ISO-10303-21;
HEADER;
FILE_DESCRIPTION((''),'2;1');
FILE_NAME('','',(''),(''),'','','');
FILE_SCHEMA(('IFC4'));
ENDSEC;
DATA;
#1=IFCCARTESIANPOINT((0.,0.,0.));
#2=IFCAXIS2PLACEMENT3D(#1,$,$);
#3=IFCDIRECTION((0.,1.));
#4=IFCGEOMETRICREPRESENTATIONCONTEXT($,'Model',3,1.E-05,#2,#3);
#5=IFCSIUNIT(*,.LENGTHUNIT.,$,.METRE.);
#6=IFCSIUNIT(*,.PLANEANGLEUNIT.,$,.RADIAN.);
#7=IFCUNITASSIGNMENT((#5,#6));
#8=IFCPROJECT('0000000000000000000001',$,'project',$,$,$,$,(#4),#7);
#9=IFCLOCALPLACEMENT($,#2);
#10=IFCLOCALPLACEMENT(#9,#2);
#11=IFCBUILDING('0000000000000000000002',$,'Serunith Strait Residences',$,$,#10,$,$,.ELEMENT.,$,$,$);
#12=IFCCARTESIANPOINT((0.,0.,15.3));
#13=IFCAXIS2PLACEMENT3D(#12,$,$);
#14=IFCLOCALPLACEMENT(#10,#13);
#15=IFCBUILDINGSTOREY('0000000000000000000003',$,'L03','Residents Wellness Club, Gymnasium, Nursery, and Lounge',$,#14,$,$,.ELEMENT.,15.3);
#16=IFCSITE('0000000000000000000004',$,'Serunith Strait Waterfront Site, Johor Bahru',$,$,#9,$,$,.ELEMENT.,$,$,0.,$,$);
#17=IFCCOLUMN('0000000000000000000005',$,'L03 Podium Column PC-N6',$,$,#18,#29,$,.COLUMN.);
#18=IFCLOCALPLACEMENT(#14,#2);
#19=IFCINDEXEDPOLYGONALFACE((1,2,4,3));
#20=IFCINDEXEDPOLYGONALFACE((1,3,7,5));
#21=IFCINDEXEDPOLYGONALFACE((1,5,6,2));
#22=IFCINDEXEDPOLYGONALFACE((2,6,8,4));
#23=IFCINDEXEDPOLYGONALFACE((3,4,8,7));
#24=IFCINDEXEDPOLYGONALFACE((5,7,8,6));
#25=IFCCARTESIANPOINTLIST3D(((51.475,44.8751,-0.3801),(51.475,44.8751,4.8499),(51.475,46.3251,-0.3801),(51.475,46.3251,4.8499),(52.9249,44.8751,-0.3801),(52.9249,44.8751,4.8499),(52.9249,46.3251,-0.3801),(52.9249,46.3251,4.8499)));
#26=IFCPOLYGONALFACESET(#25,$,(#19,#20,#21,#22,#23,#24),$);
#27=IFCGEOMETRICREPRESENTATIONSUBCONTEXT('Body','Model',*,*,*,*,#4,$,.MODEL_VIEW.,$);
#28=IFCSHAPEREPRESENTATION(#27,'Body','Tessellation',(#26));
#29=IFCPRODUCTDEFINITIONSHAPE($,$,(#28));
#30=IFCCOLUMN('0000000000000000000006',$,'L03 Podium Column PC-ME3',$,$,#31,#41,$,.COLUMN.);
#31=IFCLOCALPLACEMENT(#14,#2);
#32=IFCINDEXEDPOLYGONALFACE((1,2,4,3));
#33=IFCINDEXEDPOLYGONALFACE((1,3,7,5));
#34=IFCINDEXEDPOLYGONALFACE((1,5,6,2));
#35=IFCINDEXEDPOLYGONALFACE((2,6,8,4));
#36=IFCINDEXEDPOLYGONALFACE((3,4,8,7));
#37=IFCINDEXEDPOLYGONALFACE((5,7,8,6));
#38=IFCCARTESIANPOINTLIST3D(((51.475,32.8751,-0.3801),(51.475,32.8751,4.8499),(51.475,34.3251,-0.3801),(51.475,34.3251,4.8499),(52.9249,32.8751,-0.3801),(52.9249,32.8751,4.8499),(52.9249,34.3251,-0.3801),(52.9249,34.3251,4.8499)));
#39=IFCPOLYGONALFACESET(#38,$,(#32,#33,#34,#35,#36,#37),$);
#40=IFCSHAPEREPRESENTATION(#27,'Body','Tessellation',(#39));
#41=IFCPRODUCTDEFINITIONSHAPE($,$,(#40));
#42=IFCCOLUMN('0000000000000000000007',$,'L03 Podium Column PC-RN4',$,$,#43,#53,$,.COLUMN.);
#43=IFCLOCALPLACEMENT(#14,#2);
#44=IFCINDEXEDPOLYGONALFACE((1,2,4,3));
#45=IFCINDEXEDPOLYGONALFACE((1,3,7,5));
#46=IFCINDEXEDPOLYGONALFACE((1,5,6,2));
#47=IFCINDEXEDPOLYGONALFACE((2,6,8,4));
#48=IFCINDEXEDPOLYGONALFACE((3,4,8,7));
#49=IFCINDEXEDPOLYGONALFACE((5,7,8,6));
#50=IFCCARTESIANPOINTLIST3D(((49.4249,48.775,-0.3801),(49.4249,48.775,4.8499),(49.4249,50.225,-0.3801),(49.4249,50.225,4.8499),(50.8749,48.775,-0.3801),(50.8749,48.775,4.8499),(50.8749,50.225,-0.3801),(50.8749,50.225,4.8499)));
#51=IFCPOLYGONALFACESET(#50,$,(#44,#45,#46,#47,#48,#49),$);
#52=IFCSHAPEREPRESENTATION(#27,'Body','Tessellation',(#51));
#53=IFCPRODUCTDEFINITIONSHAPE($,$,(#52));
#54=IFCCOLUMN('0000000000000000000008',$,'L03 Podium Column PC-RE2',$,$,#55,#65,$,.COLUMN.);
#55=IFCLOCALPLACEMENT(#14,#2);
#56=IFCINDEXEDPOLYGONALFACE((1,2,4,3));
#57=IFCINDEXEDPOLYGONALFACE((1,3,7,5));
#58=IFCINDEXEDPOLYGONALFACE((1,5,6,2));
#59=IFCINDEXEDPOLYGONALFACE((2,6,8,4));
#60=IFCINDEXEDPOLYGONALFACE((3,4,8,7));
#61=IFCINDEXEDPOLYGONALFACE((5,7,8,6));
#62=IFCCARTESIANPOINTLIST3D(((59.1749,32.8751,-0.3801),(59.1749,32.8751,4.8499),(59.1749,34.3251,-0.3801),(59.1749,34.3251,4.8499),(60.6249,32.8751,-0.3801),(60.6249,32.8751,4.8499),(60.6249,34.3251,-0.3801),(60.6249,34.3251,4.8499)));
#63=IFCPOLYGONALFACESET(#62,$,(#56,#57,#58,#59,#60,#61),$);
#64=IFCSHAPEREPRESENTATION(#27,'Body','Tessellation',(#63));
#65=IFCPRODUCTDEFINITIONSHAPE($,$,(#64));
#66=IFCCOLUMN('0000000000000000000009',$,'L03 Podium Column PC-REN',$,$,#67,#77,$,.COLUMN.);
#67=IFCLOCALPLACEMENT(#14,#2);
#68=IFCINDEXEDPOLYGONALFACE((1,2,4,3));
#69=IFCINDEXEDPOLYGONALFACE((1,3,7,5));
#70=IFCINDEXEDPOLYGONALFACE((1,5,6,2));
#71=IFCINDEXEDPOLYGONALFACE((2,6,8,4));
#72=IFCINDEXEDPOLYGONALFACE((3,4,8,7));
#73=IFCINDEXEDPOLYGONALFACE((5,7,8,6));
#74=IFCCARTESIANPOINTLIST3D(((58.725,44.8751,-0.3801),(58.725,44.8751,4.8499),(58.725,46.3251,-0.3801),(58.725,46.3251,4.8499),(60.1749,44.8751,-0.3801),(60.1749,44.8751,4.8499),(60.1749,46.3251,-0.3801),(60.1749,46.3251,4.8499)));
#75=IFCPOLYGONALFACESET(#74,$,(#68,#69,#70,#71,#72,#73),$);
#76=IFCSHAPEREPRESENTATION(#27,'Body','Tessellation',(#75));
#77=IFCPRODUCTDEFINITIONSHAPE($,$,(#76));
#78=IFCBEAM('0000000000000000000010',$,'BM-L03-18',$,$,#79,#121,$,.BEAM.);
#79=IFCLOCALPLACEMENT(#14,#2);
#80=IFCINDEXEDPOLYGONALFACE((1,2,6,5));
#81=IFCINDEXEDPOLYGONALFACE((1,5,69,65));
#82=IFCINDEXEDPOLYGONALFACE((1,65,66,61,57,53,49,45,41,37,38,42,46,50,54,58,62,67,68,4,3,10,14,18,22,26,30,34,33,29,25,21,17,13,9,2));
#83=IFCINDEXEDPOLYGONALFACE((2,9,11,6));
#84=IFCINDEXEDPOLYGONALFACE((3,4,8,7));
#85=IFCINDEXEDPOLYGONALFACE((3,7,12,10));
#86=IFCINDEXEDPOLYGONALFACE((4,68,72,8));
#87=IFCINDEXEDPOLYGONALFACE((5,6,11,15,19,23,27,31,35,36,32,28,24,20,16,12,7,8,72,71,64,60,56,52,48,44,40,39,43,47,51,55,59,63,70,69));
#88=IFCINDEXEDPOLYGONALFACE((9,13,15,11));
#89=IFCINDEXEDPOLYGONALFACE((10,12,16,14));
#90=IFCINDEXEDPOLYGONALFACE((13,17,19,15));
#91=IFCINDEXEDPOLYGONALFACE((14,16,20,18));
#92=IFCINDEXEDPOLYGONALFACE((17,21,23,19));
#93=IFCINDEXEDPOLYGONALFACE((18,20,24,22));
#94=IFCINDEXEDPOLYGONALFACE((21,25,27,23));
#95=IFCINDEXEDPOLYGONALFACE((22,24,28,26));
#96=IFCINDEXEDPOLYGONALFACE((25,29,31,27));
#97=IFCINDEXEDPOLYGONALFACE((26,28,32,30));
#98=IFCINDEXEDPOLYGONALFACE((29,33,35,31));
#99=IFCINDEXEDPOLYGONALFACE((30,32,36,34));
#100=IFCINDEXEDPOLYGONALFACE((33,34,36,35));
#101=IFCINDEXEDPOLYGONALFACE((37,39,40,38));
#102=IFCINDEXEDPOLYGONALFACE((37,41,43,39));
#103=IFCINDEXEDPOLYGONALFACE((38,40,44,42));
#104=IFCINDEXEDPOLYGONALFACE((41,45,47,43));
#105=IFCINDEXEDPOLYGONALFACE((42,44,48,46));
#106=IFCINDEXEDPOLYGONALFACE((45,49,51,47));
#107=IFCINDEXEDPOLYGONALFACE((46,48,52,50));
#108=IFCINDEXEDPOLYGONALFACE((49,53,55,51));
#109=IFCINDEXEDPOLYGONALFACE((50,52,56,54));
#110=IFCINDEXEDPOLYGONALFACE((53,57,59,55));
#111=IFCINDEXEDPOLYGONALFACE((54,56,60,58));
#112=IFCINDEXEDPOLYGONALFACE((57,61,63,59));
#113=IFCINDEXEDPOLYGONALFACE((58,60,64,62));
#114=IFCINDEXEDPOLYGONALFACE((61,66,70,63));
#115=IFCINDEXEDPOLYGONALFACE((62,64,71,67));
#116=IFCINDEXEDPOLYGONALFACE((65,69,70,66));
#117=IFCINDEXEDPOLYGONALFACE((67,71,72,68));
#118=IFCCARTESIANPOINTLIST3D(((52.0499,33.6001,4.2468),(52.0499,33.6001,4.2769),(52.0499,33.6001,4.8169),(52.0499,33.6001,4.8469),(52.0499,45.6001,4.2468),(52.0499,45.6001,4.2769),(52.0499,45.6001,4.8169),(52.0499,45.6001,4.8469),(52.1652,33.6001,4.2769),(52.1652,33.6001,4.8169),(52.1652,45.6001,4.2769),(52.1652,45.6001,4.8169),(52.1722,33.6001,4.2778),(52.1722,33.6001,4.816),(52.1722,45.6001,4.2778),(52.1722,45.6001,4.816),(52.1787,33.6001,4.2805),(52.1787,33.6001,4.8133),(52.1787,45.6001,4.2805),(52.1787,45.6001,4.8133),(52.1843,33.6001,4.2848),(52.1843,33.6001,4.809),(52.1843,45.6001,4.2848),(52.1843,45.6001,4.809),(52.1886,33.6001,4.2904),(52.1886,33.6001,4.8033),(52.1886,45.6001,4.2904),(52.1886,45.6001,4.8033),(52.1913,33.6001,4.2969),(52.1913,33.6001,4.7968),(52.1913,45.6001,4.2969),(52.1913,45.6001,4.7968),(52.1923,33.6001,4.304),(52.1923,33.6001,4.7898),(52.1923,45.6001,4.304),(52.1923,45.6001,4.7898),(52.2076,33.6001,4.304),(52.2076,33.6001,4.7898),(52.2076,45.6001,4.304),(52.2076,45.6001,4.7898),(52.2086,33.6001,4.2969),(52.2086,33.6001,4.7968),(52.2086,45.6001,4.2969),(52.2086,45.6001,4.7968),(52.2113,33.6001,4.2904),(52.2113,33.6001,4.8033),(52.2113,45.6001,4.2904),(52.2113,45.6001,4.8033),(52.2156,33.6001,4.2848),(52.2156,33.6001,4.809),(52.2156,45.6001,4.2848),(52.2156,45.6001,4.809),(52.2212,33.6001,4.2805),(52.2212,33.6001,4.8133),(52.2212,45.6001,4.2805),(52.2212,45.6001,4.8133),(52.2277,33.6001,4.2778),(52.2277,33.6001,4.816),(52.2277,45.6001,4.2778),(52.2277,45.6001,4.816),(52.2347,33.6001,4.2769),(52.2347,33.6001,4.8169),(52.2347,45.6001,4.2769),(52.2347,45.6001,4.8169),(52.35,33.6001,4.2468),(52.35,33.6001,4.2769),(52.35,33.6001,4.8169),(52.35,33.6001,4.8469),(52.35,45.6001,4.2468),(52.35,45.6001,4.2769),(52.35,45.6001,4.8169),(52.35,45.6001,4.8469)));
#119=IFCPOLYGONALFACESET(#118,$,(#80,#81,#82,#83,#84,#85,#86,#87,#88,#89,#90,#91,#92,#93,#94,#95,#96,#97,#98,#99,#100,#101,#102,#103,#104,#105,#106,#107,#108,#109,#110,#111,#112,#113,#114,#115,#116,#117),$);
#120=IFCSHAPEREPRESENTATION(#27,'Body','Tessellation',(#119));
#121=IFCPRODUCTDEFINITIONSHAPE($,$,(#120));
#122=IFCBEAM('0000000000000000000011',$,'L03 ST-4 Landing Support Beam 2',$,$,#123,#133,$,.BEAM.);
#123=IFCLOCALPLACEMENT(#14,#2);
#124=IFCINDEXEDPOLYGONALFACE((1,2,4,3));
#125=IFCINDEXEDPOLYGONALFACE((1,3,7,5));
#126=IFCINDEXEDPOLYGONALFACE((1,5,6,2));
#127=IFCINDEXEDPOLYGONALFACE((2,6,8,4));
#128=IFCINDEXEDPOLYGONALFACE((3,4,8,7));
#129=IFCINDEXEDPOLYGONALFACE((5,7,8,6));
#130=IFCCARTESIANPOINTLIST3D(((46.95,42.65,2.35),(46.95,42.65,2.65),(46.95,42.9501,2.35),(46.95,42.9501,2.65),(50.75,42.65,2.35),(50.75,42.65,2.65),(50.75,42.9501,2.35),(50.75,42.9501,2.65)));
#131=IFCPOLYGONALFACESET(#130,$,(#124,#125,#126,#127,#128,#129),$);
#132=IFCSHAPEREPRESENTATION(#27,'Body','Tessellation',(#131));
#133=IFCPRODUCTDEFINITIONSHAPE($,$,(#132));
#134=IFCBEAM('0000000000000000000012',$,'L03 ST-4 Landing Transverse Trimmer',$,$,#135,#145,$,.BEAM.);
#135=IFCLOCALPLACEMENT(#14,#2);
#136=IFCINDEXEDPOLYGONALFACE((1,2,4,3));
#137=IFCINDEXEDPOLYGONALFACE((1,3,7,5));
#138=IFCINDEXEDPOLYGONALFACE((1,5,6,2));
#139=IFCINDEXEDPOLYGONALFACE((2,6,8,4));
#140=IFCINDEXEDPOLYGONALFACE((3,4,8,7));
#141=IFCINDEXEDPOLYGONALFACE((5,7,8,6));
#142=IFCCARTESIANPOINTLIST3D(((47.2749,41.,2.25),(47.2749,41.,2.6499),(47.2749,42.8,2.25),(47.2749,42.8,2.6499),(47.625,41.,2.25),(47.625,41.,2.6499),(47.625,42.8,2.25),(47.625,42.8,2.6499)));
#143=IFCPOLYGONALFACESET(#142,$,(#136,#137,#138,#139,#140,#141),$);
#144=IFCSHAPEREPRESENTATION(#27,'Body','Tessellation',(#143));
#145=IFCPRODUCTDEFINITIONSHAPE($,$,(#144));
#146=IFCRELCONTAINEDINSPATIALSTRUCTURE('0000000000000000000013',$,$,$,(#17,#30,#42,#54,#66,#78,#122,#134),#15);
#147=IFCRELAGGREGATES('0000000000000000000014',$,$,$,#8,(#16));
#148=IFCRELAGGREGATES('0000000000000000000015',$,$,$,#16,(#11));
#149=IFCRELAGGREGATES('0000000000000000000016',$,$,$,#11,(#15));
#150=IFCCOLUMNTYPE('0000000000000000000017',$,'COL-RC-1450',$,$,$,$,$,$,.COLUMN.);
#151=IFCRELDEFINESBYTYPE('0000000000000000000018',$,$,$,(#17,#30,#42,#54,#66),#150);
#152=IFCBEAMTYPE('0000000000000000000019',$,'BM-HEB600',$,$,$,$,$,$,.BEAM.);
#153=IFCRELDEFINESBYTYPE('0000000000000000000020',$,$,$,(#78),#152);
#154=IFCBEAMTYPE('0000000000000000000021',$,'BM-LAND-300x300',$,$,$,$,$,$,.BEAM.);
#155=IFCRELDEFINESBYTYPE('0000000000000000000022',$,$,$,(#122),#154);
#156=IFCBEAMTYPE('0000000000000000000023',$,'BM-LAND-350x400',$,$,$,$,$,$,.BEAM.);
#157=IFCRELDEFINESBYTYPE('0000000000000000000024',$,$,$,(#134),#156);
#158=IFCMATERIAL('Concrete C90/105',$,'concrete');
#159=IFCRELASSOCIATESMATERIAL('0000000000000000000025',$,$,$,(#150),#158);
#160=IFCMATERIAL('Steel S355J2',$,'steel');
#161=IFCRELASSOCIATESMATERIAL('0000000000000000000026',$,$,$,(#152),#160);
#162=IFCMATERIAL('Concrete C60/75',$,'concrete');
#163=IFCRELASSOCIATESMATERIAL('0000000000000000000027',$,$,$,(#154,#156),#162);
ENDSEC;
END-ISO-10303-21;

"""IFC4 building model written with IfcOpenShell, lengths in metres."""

from ifc_helpers import new_model, si_unit, direction, frame, origin, origin_2d, place, context, subcontext, project, spatial, rectangle, i_section, extrude, source, transform, mapped, material, material_profile, profile_set, type_object, element, save


model = new_model("IFC4")

# Units and contexts
model_context = context("Model", 3, precision=1e-05, world=origin(), true_north=direction((0.0, 1.0)))
body_context = subcontext(model_context, "Body", "Model", "MODEL_VIEW")
ifc_project = project(units=[si_unit("LENGTHUNIT", "METRE"), si_unit("PLANEANGLEUNIT", "RADIAN")], contexts=[model_context])

# Site, building, storey
site_placement = place(None, origin())
site = spatial("IfcSite", under=ifc_project, at=site_placement, Name="Serunith Strait Waterfront Site, Johor Bahru", CompositionType="ELEMENT", RefElevation=0.0)
building_placement = place(site_placement, origin())
building = spatial("IfcBuilding", under=site, at=building_placement, Name="Serunith Strait Residences", CompositionType="ELEMENT")
storey_placement = place(building_placement, frame((0.0, 0.0, 15.3)))
storey = spatial("IfcBuildingStorey", under=building, at=storey_placement, Name="L03", Description="Residents Wellness Club, Gymnasium, Nursery, and Lounge", CompositionType="ELEMENT", Elevation=15.3)

# Columns
ifc_material_1 = material(Name="Concrete C90/105", Category="concrete")
ifc_material_profile_1 = material_profile(ifc_material_1, rectangle(XDim=1.45, YDim=1.45, at=origin_2d()), Name="RC 1450x1450")
ifc_profile_set_1 = profile_set([ifc_material_profile_1], Name="Concrete C90/105")
column_type = type_object("IfcColumnType", Name="COL-RC-1450", PredefinedType="COLUMN", material=ifc_profile_set_1)
shared_shape_1 = source(origin(), body_context, "Body", "SweptSolid", [
    extrude(rectangle(XDim=1.45, YDim=1.45, at=origin_2d()), origin(), (0.0, 0.0, 1.0), 5.23),
])
for number, where, z_axis, x_axis, name in (
    (1, (52.2, 45.6001, -0.3801), (0.0, 0.0, 1.0), (1.0, 0.0, 0.0), "L03 Podium Column PC-N6"),
    (2, (52.2, 33.6001, -0.3801), (0.0, 0.0, 1.0), (1.0, 0.0, 0.0), "L03 Podium Column PC-ME3"),
    (3, (50.1499, 49.5, -0.3801), (0.0, 0.0, 1.0), (1.0, 0.0, 0.0), "L03 Podium Column PC-RN4"),
    (4, (59.8999, 33.6001, -0.3801), (0.0, 0.0, 1.0), (1.0, 0.0, 0.0), "L03 Podium Column PC-RE2"),
    (5, (59.45, 45.6001, -0.3801), (0.0, 0.0, 1.0), (1.0, 0.0, 0.0), "L03 Podium Column PC-REN"),
):
    element("IfcColumn", number, at=place(storey_placement, frame(where, z_axis=z_axis, x_axis=x_axis)), inside=storey, type_object=column_type, Name=name, PredefinedType="COLUMN", context=body_context, shape_type="MappedRepresentation", body=[
        mapped(shared_shape_1, transform((0.0, 0.0, 0.0), scale=1.0)),
    ])

# Beams
ifc_material_2 = material(Name="Steel S355J2", Category="steel")
ifc_material_profile_2 = material_profile(ifc_material_2, i_section(OverallWidth=0.3, OverallDepth=0.6001, WebThickness=0.0154, FlangeThickness=0.03, FilletRadius=0.0271, at=origin_2d()), Name="HEB 600")
ifc_profile_set_2 = profile_set([ifc_material_profile_2], Name="Steel S355J2")
beam_type_1 = type_object("IfcBeamType", Name="BM-HEB600", PredefinedType="BEAM", material=ifc_profile_set_2)
shared_shape_2 = source(origin(), body_context, "Body", "SweptSolid", [
    extrude(i_section(OverallWidth=0.3, OverallDepth=0.6001, WebThickness=0.0154, FlangeThickness=0.03, FilletRadius=0.0271, at=origin_2d()), origin(), (0.0, 0.0, 1.0), 12.0),
])
beam_1_placement = place(storey_placement, frame((52.2, 33.6001, 4.5469), z_axis=(0.0, 1.0, 0.0), x_axis=(-1.0, 0.0, 0.0)))
element("IfcBeam", 6, at=beam_1_placement, inside=storey, type_object=beam_type_1, Name="BM-L03-18", PredefinedType="BEAM", context=body_context, shape_type="MappedRepresentation", body=[
    mapped(shared_shape_2, transform((0.0, 0.0, 0.0), scale=1.0)),
])
ifc_material_3 = material(Name="Concrete C60/75", Category="concrete")
ifc_material_profile_3 = material_profile(ifc_material_3, rectangle(XDim=0.3, YDim=0.3, at=origin_2d()), Name="RC 300x300")
ifc_profile_set_3 = profile_set([ifc_material_profile_3], Name="Concrete C60/75")
beam_type_2 = type_object("IfcBeamType", Name="BM-LAND-300x300", PredefinedType="BEAM", material=ifc_profile_set_3)
shared_shape_3 = source(origin(), body_context, "Body", "SweptSolid", [
    extrude(rectangle(XDim=0.3, YDim=0.3, at=origin_2d()), origin(), (0.0, 0.0, 1.0), 3.8),
])
beam_2_placement = place(storey_placement, frame((46.95, 42.8, 2.5), z_axis=(1.0, 0.0, 0.0), x_axis=(0.0, 1.0, 0.0)))
element("IfcBeam", 7, at=beam_2_placement, inside=storey, type_object=beam_type_2, Name="L03 ST-4 Landing Support Beam 2", PredefinedType="BEAM", context=body_context, shape_type="MappedRepresentation", body=[
    mapped(shared_shape_3, transform((0.0, 0.0, 0.0), scale=1.0)),
])
ifc_material_profile_4 = material_profile(ifc_material_3, rectangle(XDim=0.3501, YDim=0.3999, at=origin_2d()), Name="RC 350x400")
ifc_profile_set_4 = profile_set([ifc_material_profile_4], Name="Concrete C60/75")
beam_type_3 = type_object("IfcBeamType", Name="BM-LAND-350x400", PredefinedType="BEAM", material=ifc_profile_set_4)
shared_shape_4 = source(origin(), body_context, "Body", "SweptSolid", [
    extrude(rectangle(XDim=0.3501, YDim=0.3999, at=origin_2d()), origin(), (0.0, 0.0, 1.0), 1.8),
])
beam_3_placement = place(storey_placement, frame((47.45, 41.0, 2.45), z_axis=(0.0, 1.0, 0.0), x_axis=(-1.0, 0.0, 0.0)))
element("IfcBeam", 8, at=beam_3_placement, inside=storey, type_object=beam_type_3, Name="L03 ST-4 Landing Transverse Trimmer", PredefinedType="BEAM", context=body_context, shape_type="MappedRepresentation", body=[
    mapped(shared_shape_4, transform((0.0, 0.0, 0.0), scale=1.0)),
])

save(model, "model.ifc")
